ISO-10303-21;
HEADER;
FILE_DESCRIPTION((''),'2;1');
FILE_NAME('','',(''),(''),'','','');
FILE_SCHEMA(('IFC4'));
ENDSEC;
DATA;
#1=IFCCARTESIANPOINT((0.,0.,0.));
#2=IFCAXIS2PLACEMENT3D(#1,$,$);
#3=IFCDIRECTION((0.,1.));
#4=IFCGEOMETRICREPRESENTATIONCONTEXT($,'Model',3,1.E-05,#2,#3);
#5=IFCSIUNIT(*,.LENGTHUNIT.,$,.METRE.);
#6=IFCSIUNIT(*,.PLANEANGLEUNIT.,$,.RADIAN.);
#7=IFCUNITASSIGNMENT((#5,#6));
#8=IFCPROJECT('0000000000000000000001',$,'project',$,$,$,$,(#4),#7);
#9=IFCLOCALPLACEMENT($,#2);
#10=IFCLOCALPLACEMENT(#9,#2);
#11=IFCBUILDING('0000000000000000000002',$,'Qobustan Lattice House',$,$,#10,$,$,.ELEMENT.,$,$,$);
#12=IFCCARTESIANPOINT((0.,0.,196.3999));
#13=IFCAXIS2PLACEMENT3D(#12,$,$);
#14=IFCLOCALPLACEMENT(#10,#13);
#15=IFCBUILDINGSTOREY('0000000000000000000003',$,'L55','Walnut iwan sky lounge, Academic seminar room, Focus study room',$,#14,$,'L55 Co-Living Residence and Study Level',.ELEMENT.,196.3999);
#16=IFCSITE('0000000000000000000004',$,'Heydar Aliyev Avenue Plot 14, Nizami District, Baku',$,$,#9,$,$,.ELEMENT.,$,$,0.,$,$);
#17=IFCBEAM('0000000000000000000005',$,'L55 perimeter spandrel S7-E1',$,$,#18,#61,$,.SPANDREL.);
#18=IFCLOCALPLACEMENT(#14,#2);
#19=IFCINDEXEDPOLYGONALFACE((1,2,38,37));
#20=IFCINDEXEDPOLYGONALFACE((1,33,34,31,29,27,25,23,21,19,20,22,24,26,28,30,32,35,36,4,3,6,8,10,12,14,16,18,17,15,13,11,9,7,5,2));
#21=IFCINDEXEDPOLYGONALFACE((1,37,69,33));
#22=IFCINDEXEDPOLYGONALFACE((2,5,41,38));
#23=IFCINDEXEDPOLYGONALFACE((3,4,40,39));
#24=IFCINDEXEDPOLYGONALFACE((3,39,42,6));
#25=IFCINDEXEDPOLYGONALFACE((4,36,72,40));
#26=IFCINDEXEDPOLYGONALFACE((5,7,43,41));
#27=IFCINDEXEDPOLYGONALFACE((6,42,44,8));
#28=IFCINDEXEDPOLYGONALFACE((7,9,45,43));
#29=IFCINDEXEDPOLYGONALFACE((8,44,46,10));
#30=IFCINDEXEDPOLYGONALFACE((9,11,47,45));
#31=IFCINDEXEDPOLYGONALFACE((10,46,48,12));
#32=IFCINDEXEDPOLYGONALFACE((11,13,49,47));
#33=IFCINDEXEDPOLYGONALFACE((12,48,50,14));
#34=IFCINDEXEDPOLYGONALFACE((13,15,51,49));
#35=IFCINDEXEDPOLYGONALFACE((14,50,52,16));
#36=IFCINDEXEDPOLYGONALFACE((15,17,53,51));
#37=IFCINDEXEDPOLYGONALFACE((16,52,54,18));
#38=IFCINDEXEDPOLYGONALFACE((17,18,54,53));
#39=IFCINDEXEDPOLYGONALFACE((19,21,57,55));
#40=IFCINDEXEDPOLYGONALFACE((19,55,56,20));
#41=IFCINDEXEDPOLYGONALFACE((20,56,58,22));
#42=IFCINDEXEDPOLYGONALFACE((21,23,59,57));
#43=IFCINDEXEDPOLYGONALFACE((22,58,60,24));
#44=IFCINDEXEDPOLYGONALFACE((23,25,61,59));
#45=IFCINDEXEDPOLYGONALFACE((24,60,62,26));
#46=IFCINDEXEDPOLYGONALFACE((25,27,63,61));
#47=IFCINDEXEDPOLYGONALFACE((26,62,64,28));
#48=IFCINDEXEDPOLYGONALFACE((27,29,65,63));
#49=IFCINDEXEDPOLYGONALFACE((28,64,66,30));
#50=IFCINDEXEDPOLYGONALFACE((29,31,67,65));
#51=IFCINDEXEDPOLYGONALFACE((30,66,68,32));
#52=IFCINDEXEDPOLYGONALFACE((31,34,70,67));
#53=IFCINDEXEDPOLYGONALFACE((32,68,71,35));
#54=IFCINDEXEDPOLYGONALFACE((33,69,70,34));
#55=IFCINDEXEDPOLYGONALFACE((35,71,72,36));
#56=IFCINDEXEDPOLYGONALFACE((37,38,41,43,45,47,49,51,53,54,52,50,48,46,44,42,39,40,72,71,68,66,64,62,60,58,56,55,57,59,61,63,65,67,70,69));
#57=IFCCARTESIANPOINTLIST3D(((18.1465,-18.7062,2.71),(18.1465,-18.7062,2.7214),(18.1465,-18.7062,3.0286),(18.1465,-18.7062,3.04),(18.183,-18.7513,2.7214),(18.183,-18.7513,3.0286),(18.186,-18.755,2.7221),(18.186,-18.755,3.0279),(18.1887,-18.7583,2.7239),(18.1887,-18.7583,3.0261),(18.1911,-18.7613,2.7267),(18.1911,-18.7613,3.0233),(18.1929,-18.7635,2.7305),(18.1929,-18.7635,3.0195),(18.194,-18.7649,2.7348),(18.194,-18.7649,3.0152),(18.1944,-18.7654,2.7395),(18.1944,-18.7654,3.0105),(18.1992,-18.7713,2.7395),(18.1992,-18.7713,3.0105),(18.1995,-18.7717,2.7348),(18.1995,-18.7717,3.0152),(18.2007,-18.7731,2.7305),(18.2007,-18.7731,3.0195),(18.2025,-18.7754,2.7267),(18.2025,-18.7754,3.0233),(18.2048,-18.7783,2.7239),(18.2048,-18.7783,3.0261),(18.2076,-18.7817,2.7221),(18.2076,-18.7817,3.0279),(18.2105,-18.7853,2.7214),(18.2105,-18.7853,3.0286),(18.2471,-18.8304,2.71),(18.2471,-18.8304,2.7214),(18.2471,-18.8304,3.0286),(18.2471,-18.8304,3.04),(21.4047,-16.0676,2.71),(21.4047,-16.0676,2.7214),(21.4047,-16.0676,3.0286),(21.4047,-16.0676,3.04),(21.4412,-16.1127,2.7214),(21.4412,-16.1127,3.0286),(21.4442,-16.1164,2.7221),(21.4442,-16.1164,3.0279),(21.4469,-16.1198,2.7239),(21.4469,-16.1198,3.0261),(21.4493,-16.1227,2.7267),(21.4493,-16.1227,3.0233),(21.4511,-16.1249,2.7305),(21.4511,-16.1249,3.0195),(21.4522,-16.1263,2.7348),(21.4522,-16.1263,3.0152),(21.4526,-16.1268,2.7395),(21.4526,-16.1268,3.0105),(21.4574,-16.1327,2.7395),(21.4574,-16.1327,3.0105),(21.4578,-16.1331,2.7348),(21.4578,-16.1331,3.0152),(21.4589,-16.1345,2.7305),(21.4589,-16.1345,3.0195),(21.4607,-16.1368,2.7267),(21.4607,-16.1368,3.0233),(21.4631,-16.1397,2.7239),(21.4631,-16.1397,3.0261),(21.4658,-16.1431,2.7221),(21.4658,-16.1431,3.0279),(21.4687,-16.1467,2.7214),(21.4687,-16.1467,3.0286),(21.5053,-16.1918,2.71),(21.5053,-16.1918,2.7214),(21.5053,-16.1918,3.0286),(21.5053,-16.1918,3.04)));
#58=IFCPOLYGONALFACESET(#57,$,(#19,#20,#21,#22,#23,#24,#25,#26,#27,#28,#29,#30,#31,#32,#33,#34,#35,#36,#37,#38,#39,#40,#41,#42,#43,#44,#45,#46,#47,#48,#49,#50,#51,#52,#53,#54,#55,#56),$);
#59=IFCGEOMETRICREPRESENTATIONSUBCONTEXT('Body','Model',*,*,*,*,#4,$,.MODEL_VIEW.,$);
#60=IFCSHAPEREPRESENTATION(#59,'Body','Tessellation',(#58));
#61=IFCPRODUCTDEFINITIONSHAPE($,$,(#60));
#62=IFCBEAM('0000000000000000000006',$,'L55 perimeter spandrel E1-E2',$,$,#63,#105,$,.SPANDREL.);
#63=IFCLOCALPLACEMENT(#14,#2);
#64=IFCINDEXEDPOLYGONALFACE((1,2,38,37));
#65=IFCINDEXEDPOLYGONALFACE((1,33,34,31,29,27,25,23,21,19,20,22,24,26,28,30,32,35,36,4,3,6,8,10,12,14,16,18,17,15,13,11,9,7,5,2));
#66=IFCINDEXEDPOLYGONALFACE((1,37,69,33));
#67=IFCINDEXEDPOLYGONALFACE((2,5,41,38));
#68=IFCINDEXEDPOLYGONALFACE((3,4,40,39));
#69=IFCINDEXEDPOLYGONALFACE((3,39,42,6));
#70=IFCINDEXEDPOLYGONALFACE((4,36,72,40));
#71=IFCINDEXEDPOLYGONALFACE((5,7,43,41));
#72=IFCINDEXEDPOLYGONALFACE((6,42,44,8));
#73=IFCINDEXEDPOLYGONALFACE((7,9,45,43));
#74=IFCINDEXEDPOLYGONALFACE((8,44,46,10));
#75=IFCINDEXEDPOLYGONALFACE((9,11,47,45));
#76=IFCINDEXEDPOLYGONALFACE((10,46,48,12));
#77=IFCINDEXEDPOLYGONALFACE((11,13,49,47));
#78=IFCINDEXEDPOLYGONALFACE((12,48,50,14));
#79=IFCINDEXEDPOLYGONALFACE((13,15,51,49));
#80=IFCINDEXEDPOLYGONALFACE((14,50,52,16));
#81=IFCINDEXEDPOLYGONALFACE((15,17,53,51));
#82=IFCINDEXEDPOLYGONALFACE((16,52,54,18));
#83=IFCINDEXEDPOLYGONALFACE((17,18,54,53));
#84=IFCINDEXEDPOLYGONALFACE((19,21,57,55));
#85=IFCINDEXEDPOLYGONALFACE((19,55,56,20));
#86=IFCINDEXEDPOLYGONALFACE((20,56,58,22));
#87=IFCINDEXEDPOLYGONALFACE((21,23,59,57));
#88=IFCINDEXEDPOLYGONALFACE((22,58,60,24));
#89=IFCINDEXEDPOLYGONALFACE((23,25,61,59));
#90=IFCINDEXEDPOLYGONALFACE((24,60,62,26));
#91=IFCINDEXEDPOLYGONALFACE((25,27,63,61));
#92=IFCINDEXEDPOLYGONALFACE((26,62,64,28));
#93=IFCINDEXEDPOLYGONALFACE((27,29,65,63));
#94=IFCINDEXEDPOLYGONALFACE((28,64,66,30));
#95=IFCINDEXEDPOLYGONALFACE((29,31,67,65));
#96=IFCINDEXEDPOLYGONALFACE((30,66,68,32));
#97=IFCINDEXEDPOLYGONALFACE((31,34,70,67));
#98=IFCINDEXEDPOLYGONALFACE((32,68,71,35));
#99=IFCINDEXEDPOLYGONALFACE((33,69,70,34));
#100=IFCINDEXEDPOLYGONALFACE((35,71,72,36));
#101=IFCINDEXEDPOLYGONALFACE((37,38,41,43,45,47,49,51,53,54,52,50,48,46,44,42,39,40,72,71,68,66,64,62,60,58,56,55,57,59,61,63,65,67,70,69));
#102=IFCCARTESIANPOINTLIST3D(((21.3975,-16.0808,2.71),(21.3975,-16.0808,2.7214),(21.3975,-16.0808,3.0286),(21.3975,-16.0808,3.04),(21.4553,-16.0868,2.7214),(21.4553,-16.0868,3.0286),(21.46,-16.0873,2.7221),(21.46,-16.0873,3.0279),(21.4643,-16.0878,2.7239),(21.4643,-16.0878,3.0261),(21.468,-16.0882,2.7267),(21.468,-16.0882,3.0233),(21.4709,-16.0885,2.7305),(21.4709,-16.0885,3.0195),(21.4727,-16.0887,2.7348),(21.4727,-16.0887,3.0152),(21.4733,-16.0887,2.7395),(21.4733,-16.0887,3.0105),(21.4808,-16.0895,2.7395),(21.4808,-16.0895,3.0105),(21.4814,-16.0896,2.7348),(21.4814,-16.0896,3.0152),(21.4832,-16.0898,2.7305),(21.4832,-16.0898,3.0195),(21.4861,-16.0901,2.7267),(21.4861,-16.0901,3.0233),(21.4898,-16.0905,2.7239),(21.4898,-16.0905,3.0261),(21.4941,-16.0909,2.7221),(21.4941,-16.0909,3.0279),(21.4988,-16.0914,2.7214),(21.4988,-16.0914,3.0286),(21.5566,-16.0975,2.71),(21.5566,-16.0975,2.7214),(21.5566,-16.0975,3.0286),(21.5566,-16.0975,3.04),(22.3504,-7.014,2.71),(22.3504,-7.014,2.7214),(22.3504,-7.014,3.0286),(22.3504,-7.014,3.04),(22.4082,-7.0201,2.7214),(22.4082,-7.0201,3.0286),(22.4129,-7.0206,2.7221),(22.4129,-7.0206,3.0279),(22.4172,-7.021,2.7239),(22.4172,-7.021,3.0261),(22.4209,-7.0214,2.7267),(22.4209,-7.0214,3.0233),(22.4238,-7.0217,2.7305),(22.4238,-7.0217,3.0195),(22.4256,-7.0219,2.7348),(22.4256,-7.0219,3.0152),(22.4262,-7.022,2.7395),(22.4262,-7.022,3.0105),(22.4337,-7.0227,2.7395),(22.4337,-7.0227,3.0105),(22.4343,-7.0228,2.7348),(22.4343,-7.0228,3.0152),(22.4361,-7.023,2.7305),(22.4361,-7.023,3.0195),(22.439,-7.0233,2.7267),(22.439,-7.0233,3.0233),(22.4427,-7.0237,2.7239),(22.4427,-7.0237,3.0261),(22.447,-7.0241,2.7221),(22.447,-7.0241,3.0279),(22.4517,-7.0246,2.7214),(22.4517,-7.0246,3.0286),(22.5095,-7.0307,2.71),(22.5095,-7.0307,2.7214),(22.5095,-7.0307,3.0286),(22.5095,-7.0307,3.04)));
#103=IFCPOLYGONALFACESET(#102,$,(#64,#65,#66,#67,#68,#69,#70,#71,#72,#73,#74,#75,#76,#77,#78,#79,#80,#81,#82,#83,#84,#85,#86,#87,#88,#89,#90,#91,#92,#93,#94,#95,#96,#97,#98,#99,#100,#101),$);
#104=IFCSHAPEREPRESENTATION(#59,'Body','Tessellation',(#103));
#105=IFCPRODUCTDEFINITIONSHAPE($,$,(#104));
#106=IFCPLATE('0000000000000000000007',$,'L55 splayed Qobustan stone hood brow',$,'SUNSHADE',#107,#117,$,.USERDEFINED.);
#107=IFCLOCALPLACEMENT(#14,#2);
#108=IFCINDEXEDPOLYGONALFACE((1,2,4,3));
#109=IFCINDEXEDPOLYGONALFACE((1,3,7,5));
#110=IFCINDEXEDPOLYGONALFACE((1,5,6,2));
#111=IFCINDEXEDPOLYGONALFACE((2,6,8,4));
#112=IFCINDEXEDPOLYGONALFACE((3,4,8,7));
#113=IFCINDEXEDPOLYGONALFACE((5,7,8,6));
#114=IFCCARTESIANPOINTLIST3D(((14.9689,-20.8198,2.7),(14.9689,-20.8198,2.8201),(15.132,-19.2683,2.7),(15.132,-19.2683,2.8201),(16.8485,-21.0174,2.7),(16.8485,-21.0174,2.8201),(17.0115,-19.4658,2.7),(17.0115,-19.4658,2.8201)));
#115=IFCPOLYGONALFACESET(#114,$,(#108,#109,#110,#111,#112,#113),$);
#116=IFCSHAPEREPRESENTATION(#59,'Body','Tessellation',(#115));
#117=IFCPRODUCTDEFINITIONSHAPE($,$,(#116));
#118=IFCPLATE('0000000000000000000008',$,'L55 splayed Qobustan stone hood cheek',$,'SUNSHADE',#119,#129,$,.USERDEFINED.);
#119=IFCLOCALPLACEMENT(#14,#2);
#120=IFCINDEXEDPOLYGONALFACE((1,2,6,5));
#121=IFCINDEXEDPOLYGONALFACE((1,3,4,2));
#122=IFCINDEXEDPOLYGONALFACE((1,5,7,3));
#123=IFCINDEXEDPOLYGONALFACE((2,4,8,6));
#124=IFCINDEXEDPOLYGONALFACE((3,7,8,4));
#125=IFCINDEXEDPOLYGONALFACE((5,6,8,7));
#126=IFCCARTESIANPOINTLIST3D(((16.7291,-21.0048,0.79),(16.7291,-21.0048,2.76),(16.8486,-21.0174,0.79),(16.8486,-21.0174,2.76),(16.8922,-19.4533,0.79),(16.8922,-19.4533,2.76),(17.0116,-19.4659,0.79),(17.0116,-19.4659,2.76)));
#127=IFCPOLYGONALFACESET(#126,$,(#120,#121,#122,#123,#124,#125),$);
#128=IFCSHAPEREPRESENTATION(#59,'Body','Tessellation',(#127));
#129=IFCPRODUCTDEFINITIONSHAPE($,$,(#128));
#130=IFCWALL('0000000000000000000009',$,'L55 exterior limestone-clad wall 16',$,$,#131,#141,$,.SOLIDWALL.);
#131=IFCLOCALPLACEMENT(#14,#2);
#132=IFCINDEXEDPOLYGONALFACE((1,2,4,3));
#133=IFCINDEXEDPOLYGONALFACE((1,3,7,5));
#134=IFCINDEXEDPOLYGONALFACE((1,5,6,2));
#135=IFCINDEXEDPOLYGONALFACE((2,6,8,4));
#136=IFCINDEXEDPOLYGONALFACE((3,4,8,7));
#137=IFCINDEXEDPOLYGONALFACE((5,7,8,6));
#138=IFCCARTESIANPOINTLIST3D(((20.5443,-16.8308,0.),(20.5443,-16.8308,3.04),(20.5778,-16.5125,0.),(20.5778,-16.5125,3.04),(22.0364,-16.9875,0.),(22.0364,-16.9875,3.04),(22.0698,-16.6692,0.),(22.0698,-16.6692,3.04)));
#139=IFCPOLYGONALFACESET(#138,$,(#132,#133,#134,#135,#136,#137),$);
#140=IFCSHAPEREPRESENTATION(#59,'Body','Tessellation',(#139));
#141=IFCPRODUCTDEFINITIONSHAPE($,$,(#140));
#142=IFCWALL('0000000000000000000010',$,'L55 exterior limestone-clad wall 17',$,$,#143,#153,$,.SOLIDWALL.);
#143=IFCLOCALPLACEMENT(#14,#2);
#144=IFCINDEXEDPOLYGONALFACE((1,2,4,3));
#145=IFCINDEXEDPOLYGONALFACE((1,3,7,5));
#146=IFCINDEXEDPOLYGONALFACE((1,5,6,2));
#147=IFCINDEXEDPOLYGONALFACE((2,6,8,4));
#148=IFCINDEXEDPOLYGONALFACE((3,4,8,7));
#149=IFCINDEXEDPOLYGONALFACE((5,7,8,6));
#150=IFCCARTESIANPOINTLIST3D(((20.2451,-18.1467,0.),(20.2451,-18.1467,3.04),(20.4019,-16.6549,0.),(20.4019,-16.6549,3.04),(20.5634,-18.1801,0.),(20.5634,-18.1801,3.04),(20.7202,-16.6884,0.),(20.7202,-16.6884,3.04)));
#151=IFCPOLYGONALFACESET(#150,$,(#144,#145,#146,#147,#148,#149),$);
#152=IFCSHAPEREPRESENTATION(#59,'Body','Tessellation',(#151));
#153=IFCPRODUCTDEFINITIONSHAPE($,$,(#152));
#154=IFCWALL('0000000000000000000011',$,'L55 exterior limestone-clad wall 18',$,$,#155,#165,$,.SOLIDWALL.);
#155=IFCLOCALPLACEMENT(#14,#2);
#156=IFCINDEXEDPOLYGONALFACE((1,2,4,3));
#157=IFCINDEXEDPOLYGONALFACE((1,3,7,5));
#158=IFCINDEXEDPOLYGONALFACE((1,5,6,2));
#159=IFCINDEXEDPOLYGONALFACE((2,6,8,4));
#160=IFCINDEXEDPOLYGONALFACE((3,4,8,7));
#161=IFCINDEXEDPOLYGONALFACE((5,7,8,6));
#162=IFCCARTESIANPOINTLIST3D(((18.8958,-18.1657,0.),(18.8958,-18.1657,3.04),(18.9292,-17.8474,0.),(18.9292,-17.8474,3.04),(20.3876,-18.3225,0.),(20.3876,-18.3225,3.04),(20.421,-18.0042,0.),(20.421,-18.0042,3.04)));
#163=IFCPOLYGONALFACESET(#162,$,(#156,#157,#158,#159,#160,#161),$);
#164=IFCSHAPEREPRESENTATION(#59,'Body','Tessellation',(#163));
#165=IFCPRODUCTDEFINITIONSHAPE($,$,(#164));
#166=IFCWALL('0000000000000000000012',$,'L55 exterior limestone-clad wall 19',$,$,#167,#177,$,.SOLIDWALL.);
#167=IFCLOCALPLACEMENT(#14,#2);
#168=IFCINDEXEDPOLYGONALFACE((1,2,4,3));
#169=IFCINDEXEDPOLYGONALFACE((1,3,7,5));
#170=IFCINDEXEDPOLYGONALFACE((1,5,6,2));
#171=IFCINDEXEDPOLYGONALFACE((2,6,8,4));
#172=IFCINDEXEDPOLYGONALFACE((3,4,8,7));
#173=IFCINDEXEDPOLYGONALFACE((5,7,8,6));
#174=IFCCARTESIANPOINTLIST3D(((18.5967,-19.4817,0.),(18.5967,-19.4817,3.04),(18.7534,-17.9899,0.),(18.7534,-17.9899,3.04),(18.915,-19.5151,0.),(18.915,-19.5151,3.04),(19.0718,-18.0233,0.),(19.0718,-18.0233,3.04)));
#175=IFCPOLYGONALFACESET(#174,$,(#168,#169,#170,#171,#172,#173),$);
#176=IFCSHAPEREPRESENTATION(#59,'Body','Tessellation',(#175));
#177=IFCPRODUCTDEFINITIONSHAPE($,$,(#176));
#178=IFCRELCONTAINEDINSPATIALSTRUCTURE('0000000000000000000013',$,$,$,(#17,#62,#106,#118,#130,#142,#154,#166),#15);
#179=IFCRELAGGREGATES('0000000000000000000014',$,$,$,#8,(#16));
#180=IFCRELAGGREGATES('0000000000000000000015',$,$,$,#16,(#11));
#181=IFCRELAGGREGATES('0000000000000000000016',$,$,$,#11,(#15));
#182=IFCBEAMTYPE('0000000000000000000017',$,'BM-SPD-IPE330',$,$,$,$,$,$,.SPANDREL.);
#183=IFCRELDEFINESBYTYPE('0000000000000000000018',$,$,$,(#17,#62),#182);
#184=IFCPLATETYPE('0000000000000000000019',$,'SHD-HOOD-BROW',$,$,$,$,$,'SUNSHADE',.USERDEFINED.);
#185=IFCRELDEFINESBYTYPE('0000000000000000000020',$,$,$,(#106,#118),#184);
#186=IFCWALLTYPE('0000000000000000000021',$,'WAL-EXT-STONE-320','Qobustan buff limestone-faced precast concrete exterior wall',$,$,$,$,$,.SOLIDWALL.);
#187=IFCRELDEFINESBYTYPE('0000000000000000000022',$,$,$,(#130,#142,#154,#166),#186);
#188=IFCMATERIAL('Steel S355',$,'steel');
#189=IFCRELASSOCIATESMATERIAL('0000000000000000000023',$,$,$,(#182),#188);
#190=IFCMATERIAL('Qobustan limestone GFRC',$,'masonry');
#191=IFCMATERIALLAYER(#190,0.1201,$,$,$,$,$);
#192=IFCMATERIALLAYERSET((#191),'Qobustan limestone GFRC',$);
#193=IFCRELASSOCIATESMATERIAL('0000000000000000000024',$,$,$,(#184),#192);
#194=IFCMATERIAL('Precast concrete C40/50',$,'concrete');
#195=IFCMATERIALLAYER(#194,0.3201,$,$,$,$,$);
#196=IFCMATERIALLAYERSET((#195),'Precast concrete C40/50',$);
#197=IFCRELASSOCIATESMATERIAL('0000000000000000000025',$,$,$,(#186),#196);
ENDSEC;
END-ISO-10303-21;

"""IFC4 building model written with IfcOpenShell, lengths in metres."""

from ifc_helpers import new_model, si_unit, direction, frame, frame_2d, origin, origin_2d, place, context, subcontext, project, spatial, rectangle, i_section, extrude, material, layer, layer_set, material_profile, profile_set, type_object, element, save


model = new_model("IFC4")

# Units and contexts
model_context = context("Model", 3, precision=1e-05, world=origin(), true_north=direction((0.0, 1.0)))
body_context = subcontext(model_context, "Body", "Model", "MODEL_VIEW")
ifc_project = project(units=[si_unit("LENGTHUNIT", "METRE"), si_unit("PLANEANGLEUNIT", "RADIAN")], contexts=[model_context])

# Site, building, storey
site_placement = place(None, origin())
site = spatial("IfcSite", under=ifc_project, at=site_placement, Name="Heydar Aliyev Avenue Plot 14, Nizami District, Baku", CompositionType="ELEMENT", RefElevation=0.0)
building_placement = place(site_placement, origin())
building = spatial("IfcBuilding", under=site, at=building_placement, Name="Qobustan Lattice House", CompositionType="ELEMENT")
storey_placement = place(building_placement, frame((0.0, 0.0, 196.3999)))
storey = spatial("IfcBuildingStorey", under=building, at=storey_placement, Name="L55", Description="Walnut iwan sky lounge, Academic seminar room, Focus study room", LongName="L55 Co-Living Residence and Study Level", CompositionType="ELEMENT", Elevation=196.3999)

# Beams
ifc_material_1 = material(Name="Steel S355", Category="steel")
ifc_material_profile_1 = material_profile(ifc_material_1, i_section(OverallWidth=0.1599, OverallDepth=0.3301, WebThickness=0.0076, FlangeThickness=0.0115, FilletRadius=0.0181, at=origin_2d()), Name="IPE330")
ifc_profile_set_1 = profile_set([ifc_material_profile_1], Name="Steel S355")
beam_type_1 = type_object("IfcBeamType", Name="BM-SPD-IPE330", PredefinedType="SPANDREL", material=ifc_profile_set_1)
beam_1_placement = place(storey_placement, frame((18.1968, -18.7683, 2.875), z_axis=(0.777128, 0.629342, 0.0), x_axis=(-0.629342, 0.777128, 0.0)))
element("IfcBeam", 1, at=beam_1_placement, inside=storey, type_object=beam_type_1, Name="L55 perimeter spandrel S7-E1", PredefinedType="SPANDREL", context=body_context, shape_type="SweptSolid", body=[
    extrude(i_section(OverallWidth=0.1599, OverallDepth=0.3301, WebThickness=0.0076, FlangeThickness=0.0115, FilletRadius=0.0181, at=origin_2d()), origin(), (0.0, 0.0, 1.0), 4.1926),
])
beam_2_placement = place(storey_placement, frame((21.4771, -16.0891, 2.875), z_axis=(0.104522, 0.994523, 0.0), x_axis=(-0.994523, 0.104522, 0.0)))
element("IfcBeam", 2, at=beam_2_placement, inside=storey, type_object=beam_type_1, Name="L55 perimeter spandrel E1-E2", PredefinedType="SPANDREL", context=body_context, shape_type="SweptSolid", body=[
    extrude(i_section(OverallWidth=0.1599, OverallDepth=0.3301, WebThickness=0.0076, FlangeThickness=0.0115, FilletRadius=0.0181, at=origin_2d()), origin(), (0.0, 0.0, 1.0), 9.1167),
])

# Plates
ifc_material_2 = material(Name="Qobustan limestone GFRC", Category="masonry")
ifc_layer_1 = layer(ifc_material_2, 0.1201)
ifc_layer_set_1 = layer_set([ifc_layer_1], Name="Qobustan limestone GFRC")
plate_type = type_object("IfcPlateType", Name="SHD-HOOD-BROW", ElementType="SUNSHADE", PredefinedType="USERDEFINED", material=ifc_layer_set_1)
plate_1_placement = place(storey_placement, frame((15.9902, -20.1428, 2.7), z_axis=(0.0, 0.0, 1.0), x_axis=(-0.994522, 0.104528, 0.0)))
element("IfcPlate", 3, at=plate_1_placement, inside=storey, type_object=plate_type, Name="L55 splayed Qobustan stone hood brow", ObjectType="SUNSHADE", PredefinedType="USERDEFINED", context=body_context, shape_type="SweptSolid", body=[
    extrude(rectangle(XDim=1.8899, YDim=1.5601, at=origin_2d()), origin(), (0.0, 0.0, 1.0), 0.1201),
])
plate_2_placement = place(storey_placement, frame((16.8704, -20.2354, 0.79), z_axis=(0.0, 0.0, 1.0), x_axis=(-0.994522, 0.104528, 0.0)))
element("IfcPlate", 4, at=plate_2_placement, inside=storey, type_object=plate_type, Name="L55 splayed Qobustan stone hood cheek", ObjectType="SUNSHADE", PredefinedType="USERDEFINED", context=body_context, shape_type="SweptSolid", body=[
    extrude(rectangle(XDim=0.1201, YDim=1.5601, at=origin_2d()), origin(), (0.0, 0.0, 1.0), 1.97),
])

# Walls
ifc_material_3 = material(Name="Precast concrete C40/50", Category="concrete")
ifc_layer_2 = layer(ifc_material_3, 0.3201)
ifc_layer_set_2 = layer_set([ifc_layer_2], Name="Precast concrete C40/50")
wall_type_1 = type_object("IfcWallType", Name="WAL-EXT-STONE-320", Description="Qobustan buff limestone-faced precast concrete exterior wall", PredefinedType="SOLIDWALL", material=ifc_layer_set_2)
wall_1_placement = place(storey_placement, frame((22.053, -16.8284, 0.0), z_axis=(0.0, 0.0, 1.0), x_axis=(-0.994527, 0.104481, 0.0)))
element("IfcWall", 5, at=wall_1_placement, inside=storey, type_object=wall_type_1, Name="L55 exterior limestone-clad wall 16", PredefinedType="SOLIDWALL", context=body_context, shape_type="SweptSolid", body=[
    extrude(rectangle(XDim=1.5002, YDim=0.3201, at=frame_2d((0.75, 0.0))), origin(), (0.0, 0.0, 1.0), 3.04),
])
for number, where, z_axis, x_axis, name in (
    (6, (20.561, -16.6716, 0.0), (0.0, 0.0, 1.0), (-0.104498, -0.994525, 0.0), "L55 exterior limestone-clad wall 17"),
    (7, (20.4043, -18.1633, 0.0), (0.0, 0.0, 1.0), (-0.994525, 0.104498, 0.0), "L55 exterior limestone-clad wall 18"),
    (8, (18.9126, -18.0066, 0.0), (0.0, 0.0, 1.0), (-0.104498, -0.994525, 0.0), "L55 exterior limestone-clad wall 19"),
):
    element("IfcWall", number, at=place(storey_placement, frame(where, z_axis=z_axis, x_axis=x_axis)), inside=storey, type_object=wall_type_1, Name=name, PredefinedType="SOLIDWALL", context=body_context, shape_type="SweptSolid", body=[
        extrude(rectangle(XDim=1.5, YDim=0.3201, at=frame_2d((0.75, 0.0))), origin(), (0.0, 0.0, 1.0), 3.04),
    ])

save(model, "model.ifc")
